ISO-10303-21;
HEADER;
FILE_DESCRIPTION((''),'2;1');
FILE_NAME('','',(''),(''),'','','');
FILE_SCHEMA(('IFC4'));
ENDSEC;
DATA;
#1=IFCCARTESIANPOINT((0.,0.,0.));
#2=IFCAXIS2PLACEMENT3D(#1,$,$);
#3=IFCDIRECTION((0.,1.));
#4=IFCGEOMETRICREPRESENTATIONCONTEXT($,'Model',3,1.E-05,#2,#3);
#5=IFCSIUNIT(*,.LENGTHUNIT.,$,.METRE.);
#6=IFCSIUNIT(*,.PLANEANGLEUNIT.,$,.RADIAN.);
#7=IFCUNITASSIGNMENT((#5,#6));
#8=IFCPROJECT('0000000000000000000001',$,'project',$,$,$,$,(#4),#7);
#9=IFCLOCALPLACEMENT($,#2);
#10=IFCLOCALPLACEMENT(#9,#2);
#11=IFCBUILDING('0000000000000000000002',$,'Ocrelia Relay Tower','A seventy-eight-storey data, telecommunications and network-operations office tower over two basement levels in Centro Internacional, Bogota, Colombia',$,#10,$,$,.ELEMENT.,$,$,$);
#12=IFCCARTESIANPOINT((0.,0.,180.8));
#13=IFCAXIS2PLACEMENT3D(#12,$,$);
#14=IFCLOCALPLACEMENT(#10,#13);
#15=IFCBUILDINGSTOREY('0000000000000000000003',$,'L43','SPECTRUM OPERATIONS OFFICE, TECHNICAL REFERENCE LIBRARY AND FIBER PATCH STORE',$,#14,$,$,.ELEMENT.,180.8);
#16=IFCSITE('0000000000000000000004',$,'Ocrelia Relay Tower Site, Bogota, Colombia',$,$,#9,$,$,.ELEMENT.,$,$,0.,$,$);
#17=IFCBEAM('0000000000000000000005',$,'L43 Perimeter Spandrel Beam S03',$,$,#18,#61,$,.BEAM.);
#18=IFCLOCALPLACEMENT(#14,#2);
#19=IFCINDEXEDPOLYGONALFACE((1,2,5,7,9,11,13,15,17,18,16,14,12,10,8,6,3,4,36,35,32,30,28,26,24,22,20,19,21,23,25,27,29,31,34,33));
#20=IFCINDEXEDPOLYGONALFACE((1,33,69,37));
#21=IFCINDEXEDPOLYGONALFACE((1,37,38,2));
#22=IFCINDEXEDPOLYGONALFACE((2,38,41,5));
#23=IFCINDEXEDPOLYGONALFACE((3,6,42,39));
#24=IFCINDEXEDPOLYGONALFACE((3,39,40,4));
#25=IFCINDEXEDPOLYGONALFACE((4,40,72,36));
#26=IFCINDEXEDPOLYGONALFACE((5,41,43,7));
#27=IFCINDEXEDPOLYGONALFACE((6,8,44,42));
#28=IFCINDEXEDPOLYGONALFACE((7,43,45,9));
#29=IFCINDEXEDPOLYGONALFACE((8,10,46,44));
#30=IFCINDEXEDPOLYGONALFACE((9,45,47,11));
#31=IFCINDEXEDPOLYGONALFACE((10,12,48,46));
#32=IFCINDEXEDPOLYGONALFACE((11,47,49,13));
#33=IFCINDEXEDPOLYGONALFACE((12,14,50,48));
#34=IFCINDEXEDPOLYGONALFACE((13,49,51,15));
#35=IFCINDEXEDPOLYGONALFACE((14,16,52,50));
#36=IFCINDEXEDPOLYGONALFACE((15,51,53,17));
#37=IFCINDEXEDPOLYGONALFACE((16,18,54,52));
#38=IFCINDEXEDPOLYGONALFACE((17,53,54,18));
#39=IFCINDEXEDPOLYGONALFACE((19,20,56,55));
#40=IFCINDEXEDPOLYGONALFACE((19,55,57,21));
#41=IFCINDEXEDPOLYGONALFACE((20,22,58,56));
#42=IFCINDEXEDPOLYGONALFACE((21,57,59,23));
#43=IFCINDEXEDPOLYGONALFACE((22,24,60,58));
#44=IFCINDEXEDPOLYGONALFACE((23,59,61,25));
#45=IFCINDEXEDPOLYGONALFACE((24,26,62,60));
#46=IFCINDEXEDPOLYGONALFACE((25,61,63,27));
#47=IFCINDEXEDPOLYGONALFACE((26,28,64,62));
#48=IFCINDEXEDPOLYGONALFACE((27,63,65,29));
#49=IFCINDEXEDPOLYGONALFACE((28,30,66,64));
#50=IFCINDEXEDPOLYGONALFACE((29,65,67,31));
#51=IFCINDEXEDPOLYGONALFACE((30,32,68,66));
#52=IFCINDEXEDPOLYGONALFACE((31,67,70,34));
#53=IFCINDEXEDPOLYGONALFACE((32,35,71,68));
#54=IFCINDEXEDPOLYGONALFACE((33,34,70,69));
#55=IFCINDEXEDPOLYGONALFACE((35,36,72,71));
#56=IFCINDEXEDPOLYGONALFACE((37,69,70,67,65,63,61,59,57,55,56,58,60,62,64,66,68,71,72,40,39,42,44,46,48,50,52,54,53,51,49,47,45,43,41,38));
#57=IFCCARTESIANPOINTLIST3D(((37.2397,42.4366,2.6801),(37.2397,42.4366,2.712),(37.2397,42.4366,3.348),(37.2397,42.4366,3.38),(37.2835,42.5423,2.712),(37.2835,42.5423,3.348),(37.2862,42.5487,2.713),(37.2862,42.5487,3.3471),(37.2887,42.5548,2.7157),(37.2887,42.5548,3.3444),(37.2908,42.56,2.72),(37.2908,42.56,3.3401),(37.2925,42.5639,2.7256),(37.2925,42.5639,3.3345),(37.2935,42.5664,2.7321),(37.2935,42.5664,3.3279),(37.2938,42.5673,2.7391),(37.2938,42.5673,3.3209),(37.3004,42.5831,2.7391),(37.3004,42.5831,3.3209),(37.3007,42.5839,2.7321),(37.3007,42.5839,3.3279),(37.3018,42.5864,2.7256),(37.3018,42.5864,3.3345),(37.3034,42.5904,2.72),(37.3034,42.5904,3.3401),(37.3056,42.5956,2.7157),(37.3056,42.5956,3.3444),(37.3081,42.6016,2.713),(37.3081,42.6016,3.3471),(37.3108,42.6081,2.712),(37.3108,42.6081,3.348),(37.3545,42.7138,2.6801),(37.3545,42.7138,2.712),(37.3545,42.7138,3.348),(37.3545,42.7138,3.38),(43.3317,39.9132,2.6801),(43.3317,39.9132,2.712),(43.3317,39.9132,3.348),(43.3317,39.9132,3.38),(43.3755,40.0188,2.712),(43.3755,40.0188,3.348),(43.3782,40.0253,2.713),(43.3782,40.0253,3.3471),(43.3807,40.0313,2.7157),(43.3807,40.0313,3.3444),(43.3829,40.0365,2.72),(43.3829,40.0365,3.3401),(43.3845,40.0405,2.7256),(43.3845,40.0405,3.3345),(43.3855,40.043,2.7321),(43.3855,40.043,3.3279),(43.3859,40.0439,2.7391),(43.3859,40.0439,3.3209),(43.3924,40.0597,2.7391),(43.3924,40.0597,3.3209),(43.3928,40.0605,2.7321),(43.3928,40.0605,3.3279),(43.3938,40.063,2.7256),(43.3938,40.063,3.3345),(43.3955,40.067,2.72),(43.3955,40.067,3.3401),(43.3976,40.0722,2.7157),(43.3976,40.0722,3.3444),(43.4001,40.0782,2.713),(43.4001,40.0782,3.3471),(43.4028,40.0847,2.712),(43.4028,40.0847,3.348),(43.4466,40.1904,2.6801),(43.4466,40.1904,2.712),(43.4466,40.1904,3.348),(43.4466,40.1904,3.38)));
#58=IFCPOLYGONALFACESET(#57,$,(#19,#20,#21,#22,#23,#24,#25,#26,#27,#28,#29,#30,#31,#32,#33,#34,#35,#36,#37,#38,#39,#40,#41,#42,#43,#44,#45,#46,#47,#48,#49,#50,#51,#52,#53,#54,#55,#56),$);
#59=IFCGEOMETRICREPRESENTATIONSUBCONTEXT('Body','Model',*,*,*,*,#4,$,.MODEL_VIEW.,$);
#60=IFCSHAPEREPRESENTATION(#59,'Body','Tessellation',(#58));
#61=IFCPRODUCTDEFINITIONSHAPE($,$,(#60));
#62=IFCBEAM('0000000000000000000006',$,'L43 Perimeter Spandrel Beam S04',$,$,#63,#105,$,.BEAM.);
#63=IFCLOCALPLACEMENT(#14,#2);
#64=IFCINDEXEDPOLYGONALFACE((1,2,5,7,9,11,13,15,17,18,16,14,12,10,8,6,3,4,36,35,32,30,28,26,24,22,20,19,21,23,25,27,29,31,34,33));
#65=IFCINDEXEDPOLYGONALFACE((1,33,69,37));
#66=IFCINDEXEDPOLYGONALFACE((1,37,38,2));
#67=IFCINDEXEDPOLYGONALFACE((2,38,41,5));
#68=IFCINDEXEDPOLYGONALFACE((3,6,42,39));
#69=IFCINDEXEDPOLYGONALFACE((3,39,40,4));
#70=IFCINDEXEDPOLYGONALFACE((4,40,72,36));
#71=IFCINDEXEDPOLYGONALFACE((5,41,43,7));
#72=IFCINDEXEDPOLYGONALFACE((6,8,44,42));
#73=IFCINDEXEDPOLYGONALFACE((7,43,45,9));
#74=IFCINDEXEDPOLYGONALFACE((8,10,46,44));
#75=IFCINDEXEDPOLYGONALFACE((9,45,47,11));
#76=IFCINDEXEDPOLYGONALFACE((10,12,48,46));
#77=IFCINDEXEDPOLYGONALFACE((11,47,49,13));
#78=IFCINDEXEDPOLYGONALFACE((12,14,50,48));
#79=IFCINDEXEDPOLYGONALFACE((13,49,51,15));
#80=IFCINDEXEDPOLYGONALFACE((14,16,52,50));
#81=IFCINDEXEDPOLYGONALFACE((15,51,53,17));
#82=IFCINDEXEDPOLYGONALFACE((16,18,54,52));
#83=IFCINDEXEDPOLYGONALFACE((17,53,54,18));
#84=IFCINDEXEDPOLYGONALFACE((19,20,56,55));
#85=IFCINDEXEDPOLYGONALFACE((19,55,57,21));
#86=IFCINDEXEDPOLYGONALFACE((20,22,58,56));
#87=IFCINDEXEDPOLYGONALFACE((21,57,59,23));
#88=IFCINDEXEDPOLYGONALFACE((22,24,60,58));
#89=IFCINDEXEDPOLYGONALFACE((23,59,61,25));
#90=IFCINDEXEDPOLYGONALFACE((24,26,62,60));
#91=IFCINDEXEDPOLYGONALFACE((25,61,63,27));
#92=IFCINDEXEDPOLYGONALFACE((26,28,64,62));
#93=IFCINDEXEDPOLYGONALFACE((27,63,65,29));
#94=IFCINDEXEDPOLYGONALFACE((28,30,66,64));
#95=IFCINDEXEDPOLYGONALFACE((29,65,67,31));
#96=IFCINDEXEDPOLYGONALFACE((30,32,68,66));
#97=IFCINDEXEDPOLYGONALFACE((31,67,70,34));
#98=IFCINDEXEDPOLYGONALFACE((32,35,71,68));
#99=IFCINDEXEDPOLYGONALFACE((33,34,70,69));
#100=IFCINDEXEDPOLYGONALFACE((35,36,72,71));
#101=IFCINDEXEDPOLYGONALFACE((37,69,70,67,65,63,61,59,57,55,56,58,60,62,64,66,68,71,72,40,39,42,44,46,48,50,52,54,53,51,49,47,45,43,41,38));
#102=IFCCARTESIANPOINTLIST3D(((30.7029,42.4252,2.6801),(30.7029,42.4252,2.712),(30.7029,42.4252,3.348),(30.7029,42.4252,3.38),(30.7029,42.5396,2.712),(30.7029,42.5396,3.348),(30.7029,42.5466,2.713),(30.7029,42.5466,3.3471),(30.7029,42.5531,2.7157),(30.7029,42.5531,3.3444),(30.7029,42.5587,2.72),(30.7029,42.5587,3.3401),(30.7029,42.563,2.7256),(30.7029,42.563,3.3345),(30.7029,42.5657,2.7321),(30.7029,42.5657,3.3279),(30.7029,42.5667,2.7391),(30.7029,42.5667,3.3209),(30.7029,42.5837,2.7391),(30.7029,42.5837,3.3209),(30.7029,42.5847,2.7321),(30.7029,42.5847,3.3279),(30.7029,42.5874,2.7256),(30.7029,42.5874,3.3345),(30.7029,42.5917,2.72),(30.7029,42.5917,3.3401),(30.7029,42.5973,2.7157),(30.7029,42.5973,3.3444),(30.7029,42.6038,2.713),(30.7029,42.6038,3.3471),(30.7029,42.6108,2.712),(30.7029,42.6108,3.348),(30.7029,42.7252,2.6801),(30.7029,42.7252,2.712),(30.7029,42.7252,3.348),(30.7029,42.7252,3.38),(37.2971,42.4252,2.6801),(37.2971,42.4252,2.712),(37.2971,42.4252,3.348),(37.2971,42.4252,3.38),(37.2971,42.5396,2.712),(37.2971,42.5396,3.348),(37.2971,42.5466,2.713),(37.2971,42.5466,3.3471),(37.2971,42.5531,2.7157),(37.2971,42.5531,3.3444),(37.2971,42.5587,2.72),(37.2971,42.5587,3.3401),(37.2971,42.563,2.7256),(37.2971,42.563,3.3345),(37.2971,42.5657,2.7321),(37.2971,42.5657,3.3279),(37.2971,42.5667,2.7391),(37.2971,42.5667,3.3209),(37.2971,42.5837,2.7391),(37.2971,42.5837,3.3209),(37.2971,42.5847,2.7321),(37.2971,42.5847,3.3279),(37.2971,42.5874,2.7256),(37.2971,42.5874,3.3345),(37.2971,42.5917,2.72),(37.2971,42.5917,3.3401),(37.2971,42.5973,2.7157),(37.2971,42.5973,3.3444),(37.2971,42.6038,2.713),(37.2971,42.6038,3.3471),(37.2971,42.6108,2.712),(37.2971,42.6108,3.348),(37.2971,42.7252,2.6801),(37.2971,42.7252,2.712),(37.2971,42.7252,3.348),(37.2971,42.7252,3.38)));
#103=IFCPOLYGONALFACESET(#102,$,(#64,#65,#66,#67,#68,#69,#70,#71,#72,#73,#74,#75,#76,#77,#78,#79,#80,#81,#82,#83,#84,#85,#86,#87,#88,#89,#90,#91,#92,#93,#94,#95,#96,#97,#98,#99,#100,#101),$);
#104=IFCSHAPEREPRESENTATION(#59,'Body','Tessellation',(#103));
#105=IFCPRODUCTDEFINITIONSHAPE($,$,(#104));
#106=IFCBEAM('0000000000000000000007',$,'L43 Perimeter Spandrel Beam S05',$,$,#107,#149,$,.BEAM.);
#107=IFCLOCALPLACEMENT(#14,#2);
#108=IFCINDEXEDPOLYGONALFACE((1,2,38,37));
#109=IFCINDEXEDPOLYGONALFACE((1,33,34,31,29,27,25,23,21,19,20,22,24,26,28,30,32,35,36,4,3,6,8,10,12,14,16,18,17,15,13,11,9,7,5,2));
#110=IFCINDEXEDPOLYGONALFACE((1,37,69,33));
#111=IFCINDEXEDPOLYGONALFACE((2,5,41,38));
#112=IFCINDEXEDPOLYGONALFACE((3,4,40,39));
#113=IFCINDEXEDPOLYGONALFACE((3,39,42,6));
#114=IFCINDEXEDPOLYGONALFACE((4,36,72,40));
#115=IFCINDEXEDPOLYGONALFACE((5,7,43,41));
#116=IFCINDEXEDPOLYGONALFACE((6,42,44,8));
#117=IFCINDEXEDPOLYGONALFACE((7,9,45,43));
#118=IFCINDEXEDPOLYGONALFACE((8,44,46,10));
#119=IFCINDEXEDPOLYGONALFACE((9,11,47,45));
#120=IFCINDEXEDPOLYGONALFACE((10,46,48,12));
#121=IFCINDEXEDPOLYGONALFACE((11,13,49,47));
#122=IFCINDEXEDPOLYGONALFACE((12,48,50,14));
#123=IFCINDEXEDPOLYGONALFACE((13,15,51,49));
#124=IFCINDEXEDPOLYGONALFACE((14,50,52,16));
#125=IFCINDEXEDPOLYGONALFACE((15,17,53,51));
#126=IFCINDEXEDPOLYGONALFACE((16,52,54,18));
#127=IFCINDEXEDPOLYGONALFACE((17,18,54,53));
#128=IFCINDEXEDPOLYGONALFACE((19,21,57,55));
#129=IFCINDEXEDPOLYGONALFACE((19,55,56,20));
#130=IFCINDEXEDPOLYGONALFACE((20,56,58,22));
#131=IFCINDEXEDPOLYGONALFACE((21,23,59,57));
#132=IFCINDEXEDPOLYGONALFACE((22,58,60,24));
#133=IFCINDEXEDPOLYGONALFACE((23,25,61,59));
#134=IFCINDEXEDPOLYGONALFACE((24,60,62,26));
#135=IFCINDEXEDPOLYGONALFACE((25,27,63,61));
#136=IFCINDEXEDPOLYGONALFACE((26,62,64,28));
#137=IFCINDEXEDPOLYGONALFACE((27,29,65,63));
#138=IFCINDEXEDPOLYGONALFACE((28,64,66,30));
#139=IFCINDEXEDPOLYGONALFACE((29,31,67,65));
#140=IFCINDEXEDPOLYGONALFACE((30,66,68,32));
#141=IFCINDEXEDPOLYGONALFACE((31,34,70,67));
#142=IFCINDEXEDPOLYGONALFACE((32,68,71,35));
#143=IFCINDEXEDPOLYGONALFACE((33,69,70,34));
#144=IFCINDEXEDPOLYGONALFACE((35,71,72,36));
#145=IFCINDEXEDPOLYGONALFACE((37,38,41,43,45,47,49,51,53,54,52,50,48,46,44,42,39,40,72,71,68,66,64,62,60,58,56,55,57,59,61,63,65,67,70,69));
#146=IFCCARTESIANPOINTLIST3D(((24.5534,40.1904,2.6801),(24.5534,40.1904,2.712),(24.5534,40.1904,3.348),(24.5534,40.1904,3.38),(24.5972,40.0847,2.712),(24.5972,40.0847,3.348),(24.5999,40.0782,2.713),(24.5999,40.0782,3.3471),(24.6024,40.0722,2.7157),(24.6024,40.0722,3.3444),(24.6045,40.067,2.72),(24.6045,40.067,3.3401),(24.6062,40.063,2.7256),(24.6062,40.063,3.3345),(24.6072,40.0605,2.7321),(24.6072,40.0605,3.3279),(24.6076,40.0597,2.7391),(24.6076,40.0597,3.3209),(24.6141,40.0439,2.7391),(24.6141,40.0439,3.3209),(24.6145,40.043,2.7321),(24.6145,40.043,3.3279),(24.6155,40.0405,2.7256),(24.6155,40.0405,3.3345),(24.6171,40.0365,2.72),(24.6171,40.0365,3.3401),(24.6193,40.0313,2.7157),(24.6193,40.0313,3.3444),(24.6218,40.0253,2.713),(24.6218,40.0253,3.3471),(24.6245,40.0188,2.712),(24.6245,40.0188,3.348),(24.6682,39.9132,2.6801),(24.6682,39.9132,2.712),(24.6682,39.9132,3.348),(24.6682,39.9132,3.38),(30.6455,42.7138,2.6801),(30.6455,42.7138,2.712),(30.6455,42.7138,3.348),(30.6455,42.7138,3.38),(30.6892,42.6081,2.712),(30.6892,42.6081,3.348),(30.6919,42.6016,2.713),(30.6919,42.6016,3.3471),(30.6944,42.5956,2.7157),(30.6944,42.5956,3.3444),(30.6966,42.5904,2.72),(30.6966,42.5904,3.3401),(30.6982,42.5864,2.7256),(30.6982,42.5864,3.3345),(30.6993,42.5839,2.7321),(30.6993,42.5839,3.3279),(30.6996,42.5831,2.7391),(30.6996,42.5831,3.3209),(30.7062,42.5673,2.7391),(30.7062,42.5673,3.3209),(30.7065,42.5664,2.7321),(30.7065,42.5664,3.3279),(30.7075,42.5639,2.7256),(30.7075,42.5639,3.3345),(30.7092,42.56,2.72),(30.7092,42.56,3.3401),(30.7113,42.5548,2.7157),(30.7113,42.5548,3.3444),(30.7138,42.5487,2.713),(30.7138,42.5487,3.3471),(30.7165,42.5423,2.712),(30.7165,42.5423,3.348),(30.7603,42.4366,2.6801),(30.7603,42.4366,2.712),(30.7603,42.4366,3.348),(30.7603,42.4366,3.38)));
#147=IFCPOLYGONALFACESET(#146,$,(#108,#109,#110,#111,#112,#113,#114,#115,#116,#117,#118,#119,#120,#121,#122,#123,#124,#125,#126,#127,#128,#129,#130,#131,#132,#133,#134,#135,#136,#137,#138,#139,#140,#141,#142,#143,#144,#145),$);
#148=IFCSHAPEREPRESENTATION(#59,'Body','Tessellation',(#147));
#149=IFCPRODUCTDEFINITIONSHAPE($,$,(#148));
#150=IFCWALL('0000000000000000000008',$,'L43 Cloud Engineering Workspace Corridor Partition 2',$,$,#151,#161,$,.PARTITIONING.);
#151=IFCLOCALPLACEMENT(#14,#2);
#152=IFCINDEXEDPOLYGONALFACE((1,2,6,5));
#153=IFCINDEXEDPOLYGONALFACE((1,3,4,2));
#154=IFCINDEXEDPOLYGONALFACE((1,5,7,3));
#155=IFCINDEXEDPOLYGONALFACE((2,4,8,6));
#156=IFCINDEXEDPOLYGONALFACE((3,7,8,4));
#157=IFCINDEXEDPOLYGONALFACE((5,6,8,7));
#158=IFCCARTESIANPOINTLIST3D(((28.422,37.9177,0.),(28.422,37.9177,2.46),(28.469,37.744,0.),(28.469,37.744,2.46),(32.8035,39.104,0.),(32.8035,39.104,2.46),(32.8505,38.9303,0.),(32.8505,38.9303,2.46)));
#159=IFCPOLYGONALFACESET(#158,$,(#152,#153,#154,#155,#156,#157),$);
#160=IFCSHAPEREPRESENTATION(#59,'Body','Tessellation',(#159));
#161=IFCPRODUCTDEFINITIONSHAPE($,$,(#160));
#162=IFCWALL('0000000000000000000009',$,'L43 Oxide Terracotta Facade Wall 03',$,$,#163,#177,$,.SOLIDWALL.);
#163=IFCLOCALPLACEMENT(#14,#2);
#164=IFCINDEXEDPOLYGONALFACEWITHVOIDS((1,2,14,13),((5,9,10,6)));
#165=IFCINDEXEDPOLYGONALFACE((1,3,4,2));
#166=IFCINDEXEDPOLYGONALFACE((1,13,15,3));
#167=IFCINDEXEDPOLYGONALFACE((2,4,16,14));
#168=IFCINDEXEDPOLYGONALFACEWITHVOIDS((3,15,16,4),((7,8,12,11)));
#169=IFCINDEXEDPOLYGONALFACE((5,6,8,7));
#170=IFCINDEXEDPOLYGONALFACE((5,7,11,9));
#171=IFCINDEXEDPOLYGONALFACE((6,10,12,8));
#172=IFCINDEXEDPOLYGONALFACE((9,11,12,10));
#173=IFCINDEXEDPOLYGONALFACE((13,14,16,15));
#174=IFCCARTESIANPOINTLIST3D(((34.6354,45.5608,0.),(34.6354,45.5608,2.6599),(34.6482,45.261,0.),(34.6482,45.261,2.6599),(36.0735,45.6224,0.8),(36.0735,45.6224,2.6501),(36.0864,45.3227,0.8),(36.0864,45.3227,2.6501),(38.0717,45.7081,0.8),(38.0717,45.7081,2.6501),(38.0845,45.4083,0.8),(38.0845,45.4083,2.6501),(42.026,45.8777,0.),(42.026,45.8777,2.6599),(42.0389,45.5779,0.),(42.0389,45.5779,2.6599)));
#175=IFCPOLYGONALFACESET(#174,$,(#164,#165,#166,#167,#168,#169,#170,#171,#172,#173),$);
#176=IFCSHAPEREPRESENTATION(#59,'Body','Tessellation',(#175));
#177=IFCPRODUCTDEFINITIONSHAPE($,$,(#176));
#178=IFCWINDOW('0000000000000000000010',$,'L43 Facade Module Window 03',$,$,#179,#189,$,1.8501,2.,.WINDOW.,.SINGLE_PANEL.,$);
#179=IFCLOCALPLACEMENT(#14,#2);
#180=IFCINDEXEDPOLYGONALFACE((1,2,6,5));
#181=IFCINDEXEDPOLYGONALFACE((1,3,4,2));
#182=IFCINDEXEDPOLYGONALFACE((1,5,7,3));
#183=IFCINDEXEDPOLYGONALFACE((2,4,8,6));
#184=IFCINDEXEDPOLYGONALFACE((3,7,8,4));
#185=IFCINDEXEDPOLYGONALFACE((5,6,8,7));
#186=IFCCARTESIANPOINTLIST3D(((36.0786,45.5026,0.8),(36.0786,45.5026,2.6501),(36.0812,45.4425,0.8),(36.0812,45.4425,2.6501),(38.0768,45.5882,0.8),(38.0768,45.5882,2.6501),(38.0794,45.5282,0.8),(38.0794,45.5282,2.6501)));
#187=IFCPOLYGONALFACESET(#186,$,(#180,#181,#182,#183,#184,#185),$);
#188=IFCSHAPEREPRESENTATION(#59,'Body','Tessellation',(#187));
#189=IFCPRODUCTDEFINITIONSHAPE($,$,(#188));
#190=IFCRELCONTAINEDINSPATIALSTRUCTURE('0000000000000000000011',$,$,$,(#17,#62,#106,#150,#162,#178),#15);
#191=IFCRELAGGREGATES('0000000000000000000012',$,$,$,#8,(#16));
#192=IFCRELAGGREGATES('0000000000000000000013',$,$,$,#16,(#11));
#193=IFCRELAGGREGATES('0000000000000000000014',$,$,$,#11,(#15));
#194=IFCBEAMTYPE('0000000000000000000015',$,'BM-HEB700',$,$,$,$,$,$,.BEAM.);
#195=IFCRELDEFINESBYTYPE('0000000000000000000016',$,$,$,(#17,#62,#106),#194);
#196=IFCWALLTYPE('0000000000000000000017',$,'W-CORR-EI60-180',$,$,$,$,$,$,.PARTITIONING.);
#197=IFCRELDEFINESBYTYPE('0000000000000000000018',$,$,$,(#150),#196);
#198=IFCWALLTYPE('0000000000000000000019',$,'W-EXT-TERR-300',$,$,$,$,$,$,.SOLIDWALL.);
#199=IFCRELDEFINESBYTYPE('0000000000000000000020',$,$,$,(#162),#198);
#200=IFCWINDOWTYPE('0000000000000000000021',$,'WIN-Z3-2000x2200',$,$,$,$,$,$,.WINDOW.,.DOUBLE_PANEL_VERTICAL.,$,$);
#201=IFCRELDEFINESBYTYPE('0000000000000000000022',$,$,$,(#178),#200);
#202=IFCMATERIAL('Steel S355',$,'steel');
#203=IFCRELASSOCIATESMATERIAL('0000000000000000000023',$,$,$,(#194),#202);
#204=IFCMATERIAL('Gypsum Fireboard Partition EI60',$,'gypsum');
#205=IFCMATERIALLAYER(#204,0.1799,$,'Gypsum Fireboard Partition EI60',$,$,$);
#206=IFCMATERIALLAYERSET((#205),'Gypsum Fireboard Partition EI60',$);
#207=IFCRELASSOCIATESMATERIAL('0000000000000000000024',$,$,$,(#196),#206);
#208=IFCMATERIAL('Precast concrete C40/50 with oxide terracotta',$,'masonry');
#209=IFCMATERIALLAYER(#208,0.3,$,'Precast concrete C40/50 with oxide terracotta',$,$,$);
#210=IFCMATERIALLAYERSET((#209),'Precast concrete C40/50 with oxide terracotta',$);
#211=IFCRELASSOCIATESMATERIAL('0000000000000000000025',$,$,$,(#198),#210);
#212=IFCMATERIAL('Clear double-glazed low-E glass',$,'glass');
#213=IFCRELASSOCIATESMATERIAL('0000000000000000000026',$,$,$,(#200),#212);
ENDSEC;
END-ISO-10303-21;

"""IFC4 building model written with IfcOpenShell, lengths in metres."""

from ifc_helpers import new_model, si_unit, direction, frame, frame_2d, origin, origin_2d, place, context, subcontext, project, spatial, rectangle, i_section, extrude, material, layer, layer_set, material_profile, profile_set, type_object, element, fill, save


model = new_model("IFC4")

# Units and contexts
model_context = context("Model", 3, precision=1e-05, world=origin(), true_north=direction((0.0, 1.0)))
body_context = subcontext(model_context, "Body", "Model", "MODEL_VIEW")
ifc_project = project(units=[si_unit("LENGTHUNIT", "METRE"), si_unit("PLANEANGLEUNIT", "RADIAN")], contexts=[model_context])

# Site, building, storey
site_placement = place(None, origin())
site = spatial("IfcSite", under=ifc_project, at=site_placement, Name="Ocrelia Relay Tower Site, Bogota, Colombia", CompositionType="ELEMENT", RefElevation=0.0)
building_placement = place(site_placement, origin())
building = spatial("IfcBuilding", under=site, at=building_placement, Name="Ocrelia Relay Tower", Description="A seventy-eight-storey data, telecommunications and network-operations office tower over two basement levels in Centro Internacional, Bogota, Colombia", CompositionType="ELEMENT")
storey_placement = place(building_placement, frame((0.0, 0.0, 180.8)))
storey = spatial("IfcBuildingStorey", under=building, at=storey_placement, Name="L43", Description="SPECTRUM OPERATIONS OFFICE, TECHNICAL REFERENCE LIBRARY AND FIBER PATCH STORE", CompositionType="ELEMENT", Elevation=180.8)

# Beams
ifc_material_1 = material(Name="Steel S355", Category="steel")
ifc_material_profile_1 = material_profile(ifc_material_1, i_section(OverallWidth=0.3, OverallDepth=0.7, WebThickness=0.0171, FlangeThickness=0.032, FilletRadius=0.0271, at=origin_2d()), Name="HEB 700")
ifc_profile_set_1 = profile_set([ifc_material_profile_1], Name="Steel S355")
beam_type_1 = type_object("IfcBeamType", Name="BM-HEB700", PredefinedType="BEAM", material=ifc_profile_set_1)
beam_1_placement = place(storey_placement, frame((43.3892, 40.0518, 3.03), z_axis=(-0.923878, 0.382688, 0.0), x_axis=(-0.382688, -0.923878, 0.0)))
element("IfcBeam", 1, at=beam_1_placement, inside=storey, type_object=beam_type_1, Name="L43 Perimeter Spandrel Beam S03", PredefinedType="BEAM", context=body_context, shape_type="SweptSolid", body=[
    extrude(i_section(OverallWidth=0.3, OverallDepth=0.7, WebThickness=0.0171, FlangeThickness=0.032, FilletRadius=0.0271, at=origin_2d()), origin(), (0.0, 0.0, 1.0), 6.594),
])
beam_2_placement = place(storey_placement, frame((37.2971, 42.5752, 3.03), z_axis=(-1.0, 0.0, 0.0), x_axis=(0.0, -1.0, 0.0)))
element("IfcBeam", 2, at=beam_2_placement, inside=storey, type_object=beam_type_1, Name="L43 Perimeter Spandrel Beam S04", PredefinedType="BEAM", context=body_context, shape_type="SweptSolid", body=[
    extrude(i_section(OverallWidth=0.3, OverallDepth=0.7, WebThickness=0.0171, FlangeThickness=0.032, FilletRadius=0.0271, at=origin_2d()), origin(), (0.0, 0.0, 1.0), 6.5942),
])
beam_3_placement = place(storey_placement, frame((30.7029, 42.5752, 3.03), z_axis=(-0.923878, -0.382688, 0.0), x_axis=(0.382688, -0.923878, 0.0)))
element("IfcBeam", 3, at=beam_3_placement, inside=storey, type_object=beam_type_1, Name="L43 Perimeter Spandrel Beam S05", PredefinedType="BEAM", context=body_context, shape_type="SweptSolid", body=[
    extrude(i_section(OverallWidth=0.3, OverallDepth=0.7, WebThickness=0.0171, FlangeThickness=0.032, FilletRadius=0.0271, at=origin_2d()), origin(), (0.0, 0.0, 1.0), 6.594),
])

# Wall
ifc_material_2 = material(Name="Gypsum Fireboard Partition EI60", Category="gypsum")
ifc_layer_1 = layer(ifc_material_2, 0.1799, Name="Gypsum Fireboard Partition EI60")
ifc_layer_set_1 = layer_set([ifc_layer_1], Name="Gypsum Fireboard Partition EI60")
wall_type_1 = type_object("IfcWallType", Name="W-CORR-EI60-180", PredefinedType="PARTITIONING", material=ifc_layer_set_1)
wall_1_placement = place(storey_placement, frame((32.8269, 39.0171, 0.0), z_axis=(0.0, 0.0, 1.0), x_axis=(-0.965249, -0.261333, 0.0)))
element("IfcWall", 4, at=wall_1_placement, inside=storey, type_object=wall_type_1, Name="L43 Cloud Engineering Workspace Corridor Partition 2", PredefinedType="PARTITIONING", context=body_context, shape_type="SweptSolid", body=[
    extrude(rectangle(XDim=4.5393, YDim=0.1799, at=frame_2d((2.2695, 0.0))), origin(), (0.0, 0.0, 1.0), 2.46),
])

# Wall, opening, window
ifc_material_3 = material(Name="Precast concrete C40/50 with oxide terracotta", Category="masonry")
ifc_layer_2 = layer(ifc_material_3, 0.3, Name="Precast concrete C40/50 with oxide terracotta")
ifc_layer_set_2 = layer_set([ifc_layer_2], Name="Precast concrete C40/50 with oxide terracotta")
wall_type_2 = type_object("IfcWallType", Name="W-EXT-TERR-300", PredefinedType="SOLIDWALL", material=ifc_layer_set_2)
wall_2_placement = place(storey_placement, frame((42.0325, 45.7278, 0.0), z_axis=(0.0, 0.0, 1.0), x_axis=(-0.999082, -0.042839, 0.0)))
wall_2 = element("IfcWall", 5, at=wall_2_placement, inside=storey, type_object=wall_type_2, Name="L43 Oxide Terracotta Facade Wall 03", PredefinedType="SOLIDWALL", context=body_context, shape_type="SweptSolid", body=[
    extrude(rectangle(XDim=7.3975, YDim=0.3, at=frame_2d((3.6987, 0.0))), origin(), (0.0, 0.0, 1.0), 2.6599),
])
opening_1_placement = place(wall_2_placement, frame((3.958, 0.0, 0.8)))
opening_1 = element("IfcOpeningElement", 6, at=opening_1_placement, cuts=wall_2, PredefinedType="OPENING", context=body_context, shape_type="SweptSolid", body=[
    extrude(rectangle(XDim=2.0, YDim=1.8501, at=frame_2d((1.0, 0.925))), frame((0.0, 0.1602, 0.0), z_axis=(0.0, -1.0, 0.0), x_axis=(1.0, 0.0, 0.0)), (0.0, 0.0, 1.0), 0.3201),
])
ifc_material_4 = material(Name="Clear double-glazed low-E glass", Category="glass")
window_type = type_object("IfcWindowType", Name="WIN-Z3-2000x2200", PartitioningType="DOUBLE_PANEL_VERTICAL", PredefinedType="WINDOW", material=ifc_material_4)
window_1_placement = place(opening_1_placement, origin())
window_1 = element("IfcWindow", 7, at=window_1_placement, inside=storey, type_object=window_type, Name="L43 Facade Module Window 03", OverallHeight=1.8501, OverallWidth=2.0, PartitioningType="SINGLE_PANEL", PredefinedType="WINDOW", context=body_context, shape_type="SweptSolid", body=[
    extrude(rectangle(XDim=2.0, YDim=1.8501, at=frame_2d((1.0, 0.925))), frame((0.0, 0.03, 0.0), z_axis=(0.0, -1.0, 0.0), x_axis=(1.0, 0.0, 0.0)), (0.0, 0.0, 1.0), 0.0601),
])
fill(opening_1, window_1)

save(model, "model.ifc")
